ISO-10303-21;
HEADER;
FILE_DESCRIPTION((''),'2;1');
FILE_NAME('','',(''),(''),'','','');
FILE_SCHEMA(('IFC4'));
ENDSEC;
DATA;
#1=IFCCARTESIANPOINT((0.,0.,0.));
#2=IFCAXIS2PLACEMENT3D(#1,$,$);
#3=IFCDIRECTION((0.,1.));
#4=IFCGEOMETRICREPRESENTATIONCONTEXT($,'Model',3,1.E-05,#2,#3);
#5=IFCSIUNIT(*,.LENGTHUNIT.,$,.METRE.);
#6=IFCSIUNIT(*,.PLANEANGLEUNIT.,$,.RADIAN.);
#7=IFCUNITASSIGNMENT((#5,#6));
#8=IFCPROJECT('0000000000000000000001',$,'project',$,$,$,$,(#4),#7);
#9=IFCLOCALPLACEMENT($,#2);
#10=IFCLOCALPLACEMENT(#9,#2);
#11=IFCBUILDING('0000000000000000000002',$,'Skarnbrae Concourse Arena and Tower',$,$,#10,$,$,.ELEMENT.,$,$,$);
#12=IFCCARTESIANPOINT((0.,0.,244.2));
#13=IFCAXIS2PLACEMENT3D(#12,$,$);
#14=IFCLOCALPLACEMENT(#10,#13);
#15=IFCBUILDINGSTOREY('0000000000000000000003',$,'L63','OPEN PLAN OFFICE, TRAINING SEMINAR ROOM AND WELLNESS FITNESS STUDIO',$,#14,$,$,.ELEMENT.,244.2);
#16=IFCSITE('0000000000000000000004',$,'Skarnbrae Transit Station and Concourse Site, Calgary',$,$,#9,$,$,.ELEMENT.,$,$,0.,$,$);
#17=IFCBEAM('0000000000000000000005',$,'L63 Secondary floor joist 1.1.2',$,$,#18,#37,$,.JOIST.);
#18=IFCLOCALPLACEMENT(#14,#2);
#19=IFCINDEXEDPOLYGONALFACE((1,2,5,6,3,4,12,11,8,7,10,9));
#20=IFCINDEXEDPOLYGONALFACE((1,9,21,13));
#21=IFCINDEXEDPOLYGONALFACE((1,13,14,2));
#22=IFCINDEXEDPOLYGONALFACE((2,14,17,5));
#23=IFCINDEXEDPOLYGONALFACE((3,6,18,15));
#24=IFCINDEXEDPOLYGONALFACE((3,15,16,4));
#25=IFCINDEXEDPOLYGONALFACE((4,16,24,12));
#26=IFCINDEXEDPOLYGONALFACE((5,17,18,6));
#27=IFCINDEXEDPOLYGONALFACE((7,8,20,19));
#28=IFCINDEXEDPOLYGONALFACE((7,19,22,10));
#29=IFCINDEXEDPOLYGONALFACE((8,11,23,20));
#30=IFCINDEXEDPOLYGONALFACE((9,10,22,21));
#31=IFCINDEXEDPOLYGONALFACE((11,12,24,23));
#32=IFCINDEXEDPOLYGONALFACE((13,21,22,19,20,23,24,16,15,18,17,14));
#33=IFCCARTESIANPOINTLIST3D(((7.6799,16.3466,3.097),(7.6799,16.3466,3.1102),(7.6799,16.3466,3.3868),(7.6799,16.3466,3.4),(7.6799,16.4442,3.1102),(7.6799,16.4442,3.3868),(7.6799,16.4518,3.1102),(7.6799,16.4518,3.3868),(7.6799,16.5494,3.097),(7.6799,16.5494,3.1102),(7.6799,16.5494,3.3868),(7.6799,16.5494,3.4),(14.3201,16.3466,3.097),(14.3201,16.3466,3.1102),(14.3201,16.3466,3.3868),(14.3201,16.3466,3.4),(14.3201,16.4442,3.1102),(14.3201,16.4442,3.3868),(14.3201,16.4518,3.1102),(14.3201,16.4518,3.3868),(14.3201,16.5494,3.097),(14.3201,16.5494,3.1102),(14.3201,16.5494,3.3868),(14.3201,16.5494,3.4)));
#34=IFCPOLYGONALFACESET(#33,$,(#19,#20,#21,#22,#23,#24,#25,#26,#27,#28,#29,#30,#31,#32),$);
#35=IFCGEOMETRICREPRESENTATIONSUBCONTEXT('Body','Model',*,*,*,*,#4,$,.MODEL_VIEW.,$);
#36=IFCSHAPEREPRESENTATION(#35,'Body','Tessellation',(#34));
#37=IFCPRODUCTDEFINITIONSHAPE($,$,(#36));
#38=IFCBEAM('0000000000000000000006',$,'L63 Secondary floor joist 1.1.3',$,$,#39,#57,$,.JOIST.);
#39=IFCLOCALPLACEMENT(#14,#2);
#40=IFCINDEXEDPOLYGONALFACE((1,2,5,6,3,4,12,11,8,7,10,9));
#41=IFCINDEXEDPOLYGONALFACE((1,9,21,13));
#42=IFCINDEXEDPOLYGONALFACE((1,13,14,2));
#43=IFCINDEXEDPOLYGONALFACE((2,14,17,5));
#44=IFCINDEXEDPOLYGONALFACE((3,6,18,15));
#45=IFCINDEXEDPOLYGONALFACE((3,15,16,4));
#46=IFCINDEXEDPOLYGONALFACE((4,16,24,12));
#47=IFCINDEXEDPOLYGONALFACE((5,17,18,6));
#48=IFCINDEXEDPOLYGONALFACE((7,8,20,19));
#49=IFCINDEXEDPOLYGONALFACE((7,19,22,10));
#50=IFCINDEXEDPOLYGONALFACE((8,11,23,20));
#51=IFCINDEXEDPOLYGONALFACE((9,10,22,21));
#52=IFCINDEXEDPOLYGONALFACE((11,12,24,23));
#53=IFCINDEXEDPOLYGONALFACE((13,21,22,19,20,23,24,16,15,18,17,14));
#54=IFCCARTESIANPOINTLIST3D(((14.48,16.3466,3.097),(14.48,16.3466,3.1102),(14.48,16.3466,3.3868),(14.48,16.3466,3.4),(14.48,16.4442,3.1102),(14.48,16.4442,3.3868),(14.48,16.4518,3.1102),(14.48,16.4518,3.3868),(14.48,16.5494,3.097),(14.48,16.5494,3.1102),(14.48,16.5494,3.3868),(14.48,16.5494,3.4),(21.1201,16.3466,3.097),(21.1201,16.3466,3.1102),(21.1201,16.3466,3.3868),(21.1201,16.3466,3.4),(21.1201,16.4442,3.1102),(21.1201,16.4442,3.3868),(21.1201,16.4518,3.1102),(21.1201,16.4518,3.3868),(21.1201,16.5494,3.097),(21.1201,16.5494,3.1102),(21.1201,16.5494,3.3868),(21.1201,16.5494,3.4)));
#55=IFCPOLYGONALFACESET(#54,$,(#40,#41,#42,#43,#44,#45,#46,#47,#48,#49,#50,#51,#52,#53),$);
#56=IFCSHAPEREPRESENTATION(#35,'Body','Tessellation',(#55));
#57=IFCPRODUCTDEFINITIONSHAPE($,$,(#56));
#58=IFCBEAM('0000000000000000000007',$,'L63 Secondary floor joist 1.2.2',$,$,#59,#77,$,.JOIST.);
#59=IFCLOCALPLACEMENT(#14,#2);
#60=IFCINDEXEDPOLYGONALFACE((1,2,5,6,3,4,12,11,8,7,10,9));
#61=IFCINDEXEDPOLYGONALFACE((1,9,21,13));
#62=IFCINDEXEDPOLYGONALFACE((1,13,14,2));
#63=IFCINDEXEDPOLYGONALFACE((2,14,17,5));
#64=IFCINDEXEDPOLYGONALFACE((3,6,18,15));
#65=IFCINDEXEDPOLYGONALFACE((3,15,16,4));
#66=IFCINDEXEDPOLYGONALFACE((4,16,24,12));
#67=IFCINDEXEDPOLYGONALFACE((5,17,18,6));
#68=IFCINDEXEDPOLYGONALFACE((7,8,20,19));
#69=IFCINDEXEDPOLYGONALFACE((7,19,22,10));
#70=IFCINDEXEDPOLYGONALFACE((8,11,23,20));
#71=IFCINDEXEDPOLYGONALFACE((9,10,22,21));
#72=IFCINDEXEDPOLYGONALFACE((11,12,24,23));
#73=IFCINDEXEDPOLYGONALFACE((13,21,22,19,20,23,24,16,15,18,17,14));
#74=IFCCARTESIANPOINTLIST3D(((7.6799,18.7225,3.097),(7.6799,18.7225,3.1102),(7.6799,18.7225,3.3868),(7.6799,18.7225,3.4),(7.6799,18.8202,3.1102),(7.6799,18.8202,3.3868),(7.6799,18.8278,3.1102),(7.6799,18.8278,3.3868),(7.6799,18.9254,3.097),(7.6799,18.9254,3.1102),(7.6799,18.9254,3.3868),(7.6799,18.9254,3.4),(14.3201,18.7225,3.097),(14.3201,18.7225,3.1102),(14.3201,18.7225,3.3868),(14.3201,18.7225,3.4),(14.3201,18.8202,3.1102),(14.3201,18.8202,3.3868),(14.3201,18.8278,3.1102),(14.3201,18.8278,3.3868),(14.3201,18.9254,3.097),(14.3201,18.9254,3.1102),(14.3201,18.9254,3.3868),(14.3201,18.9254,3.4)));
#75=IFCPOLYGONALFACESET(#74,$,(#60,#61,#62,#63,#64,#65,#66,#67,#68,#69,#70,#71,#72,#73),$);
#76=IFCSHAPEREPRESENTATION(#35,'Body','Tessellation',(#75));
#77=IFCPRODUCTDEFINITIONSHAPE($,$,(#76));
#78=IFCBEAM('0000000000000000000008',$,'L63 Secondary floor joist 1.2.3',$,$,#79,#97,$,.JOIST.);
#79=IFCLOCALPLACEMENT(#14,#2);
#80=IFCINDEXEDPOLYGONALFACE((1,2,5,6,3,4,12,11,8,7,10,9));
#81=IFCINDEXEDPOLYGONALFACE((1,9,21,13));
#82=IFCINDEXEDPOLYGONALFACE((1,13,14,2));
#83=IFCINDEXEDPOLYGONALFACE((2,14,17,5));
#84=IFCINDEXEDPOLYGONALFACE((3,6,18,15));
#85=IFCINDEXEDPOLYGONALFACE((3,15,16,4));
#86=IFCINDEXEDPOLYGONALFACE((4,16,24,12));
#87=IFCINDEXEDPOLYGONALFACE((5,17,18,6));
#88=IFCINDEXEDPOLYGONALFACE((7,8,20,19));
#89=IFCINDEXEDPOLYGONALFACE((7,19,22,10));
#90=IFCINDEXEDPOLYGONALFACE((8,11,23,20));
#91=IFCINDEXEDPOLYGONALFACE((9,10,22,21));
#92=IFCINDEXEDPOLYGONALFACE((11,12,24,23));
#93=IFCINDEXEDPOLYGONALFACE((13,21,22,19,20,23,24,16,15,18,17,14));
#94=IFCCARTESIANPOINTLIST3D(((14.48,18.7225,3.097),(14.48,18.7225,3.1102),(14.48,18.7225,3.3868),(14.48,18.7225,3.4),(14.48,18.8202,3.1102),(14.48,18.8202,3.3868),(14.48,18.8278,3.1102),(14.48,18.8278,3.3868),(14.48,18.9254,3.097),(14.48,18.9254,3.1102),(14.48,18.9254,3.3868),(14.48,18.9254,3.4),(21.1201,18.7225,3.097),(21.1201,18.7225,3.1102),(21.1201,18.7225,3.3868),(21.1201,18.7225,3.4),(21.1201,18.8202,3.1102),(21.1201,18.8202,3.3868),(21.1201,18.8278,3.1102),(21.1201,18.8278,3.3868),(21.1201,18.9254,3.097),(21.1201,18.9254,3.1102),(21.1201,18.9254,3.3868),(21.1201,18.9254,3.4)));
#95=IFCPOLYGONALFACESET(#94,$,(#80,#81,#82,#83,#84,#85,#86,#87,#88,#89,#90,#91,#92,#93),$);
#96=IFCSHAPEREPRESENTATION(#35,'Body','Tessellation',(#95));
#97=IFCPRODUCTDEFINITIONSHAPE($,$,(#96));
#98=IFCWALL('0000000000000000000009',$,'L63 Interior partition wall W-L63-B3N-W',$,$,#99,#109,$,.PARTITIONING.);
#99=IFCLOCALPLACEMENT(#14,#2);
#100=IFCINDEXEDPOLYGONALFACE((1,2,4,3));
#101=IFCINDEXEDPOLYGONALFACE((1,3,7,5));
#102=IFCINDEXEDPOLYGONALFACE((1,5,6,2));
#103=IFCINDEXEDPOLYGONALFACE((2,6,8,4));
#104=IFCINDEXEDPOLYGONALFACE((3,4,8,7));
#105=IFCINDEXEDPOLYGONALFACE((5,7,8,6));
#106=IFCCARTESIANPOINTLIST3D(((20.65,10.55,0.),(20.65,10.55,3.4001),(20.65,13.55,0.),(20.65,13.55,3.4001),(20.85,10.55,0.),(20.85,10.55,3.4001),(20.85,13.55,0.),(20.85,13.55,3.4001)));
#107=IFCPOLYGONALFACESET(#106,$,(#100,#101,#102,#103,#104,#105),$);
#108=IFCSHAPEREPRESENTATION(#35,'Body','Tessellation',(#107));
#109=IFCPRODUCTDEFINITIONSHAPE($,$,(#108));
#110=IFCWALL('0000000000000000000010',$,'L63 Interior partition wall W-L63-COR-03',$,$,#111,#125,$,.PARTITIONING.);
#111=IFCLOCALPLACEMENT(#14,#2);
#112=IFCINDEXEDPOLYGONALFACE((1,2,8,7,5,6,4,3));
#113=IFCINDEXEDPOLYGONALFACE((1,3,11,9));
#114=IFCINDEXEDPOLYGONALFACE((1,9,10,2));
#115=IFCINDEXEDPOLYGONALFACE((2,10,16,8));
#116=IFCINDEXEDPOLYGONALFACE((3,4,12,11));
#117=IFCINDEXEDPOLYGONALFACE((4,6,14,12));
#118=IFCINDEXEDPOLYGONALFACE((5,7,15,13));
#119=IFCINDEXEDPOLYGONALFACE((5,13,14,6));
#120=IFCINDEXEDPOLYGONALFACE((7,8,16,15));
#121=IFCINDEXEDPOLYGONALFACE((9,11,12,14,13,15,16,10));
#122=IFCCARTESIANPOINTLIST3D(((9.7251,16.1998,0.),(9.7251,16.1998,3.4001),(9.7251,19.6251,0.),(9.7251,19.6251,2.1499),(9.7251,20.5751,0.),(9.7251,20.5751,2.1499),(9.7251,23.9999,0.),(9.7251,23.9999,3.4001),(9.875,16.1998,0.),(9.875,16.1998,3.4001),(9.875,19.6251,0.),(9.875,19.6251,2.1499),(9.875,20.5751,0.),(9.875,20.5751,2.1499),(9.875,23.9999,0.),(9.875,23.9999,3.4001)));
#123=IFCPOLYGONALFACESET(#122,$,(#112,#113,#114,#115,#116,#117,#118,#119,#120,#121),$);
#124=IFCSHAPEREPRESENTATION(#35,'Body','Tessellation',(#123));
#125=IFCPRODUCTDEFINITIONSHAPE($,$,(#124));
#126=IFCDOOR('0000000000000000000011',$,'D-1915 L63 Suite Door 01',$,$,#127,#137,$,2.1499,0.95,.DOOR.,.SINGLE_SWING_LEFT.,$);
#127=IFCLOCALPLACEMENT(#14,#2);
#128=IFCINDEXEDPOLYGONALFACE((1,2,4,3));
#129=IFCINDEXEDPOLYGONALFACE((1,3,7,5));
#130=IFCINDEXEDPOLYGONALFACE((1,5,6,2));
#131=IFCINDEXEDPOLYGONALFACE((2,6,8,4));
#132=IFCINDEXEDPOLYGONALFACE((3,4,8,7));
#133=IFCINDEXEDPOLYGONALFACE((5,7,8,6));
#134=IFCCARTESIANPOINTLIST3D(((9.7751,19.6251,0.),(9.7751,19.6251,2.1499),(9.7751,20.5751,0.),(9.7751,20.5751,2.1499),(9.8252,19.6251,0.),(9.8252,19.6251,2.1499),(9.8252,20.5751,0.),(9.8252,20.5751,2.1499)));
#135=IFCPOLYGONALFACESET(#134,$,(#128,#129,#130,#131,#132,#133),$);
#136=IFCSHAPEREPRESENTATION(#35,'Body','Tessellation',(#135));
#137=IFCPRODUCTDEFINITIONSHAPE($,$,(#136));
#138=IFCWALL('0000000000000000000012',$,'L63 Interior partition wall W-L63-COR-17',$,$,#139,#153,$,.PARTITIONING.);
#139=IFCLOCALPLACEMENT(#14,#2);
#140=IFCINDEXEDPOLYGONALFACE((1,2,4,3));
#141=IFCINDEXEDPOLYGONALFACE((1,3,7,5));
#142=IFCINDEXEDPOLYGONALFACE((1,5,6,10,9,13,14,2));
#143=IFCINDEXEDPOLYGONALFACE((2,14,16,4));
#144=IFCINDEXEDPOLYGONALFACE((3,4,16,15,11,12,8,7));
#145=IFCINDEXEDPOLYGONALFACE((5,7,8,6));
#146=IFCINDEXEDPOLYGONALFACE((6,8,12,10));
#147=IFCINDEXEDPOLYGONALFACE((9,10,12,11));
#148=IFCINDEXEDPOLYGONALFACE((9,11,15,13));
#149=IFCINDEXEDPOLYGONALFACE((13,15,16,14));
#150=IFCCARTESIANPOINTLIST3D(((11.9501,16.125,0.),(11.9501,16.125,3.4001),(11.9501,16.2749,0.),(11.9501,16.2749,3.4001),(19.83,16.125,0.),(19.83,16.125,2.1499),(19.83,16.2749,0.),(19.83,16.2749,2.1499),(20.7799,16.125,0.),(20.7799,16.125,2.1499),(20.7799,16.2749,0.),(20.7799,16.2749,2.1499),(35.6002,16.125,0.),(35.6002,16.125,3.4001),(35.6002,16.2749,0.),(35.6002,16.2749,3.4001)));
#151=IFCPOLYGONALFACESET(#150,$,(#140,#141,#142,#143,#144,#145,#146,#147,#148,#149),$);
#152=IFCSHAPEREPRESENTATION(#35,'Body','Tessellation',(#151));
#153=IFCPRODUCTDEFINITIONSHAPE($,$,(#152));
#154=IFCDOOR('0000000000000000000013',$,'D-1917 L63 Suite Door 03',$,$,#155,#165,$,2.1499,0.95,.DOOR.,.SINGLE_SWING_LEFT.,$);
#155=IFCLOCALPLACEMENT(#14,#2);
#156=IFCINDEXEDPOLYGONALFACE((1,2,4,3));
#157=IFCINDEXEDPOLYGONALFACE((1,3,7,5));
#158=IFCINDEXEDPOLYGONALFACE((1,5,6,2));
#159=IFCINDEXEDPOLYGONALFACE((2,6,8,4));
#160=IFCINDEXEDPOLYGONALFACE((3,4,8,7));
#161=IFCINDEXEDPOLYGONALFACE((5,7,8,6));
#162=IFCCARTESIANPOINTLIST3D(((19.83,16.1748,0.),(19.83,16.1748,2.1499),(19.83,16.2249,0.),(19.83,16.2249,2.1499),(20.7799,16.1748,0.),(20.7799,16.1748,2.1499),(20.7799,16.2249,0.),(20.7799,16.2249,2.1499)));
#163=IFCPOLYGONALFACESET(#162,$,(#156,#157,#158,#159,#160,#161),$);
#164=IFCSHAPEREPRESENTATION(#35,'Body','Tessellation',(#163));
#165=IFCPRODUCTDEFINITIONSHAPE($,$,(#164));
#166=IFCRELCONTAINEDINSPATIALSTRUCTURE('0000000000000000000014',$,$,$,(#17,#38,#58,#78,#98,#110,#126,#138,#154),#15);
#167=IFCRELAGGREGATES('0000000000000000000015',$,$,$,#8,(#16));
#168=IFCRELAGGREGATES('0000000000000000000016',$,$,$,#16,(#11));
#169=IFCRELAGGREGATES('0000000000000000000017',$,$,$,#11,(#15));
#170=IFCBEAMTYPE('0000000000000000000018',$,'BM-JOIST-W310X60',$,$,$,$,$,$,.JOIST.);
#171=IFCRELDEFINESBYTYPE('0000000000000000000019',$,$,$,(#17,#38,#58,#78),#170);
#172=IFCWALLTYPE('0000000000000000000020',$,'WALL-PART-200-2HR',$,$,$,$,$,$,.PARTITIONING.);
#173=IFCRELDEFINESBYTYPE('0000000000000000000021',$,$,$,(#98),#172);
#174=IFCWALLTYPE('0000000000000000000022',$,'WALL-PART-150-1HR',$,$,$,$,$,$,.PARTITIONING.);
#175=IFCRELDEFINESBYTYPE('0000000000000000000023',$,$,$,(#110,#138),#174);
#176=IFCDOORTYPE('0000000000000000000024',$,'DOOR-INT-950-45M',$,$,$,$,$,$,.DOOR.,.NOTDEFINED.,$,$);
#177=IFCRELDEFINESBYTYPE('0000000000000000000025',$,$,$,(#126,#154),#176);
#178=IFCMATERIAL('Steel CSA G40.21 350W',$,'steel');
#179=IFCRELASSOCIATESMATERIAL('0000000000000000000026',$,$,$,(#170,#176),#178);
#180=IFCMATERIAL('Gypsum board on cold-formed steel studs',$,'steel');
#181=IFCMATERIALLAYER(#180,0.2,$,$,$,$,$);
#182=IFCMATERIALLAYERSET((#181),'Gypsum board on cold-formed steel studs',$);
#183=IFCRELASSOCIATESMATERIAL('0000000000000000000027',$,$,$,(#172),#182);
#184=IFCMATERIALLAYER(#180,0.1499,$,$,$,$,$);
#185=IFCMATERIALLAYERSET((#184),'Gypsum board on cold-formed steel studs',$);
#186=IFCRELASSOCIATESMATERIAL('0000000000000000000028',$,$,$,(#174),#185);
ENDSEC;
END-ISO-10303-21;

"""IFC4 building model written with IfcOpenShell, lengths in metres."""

from ifc_helpers import new_model, si_unit, direction, frame, frame_2d, origin, origin_2d, place, context, subcontext, project, spatial, rectangle, i_section, extrude, source, transform, mapped, material, layer, layer_set, material_profile, profile_set, type_object, element, fill, save


model = new_model("IFC4")

# Units and contexts
model_context = context("Model", 3, precision=1e-05, world=origin(), true_north=direction((0.0, 1.0)))
body_context = subcontext(model_context, "Body", "Model", "MODEL_VIEW")
ifc_project = project(units=[si_unit("LENGTHUNIT", "METRE"), si_unit("PLANEANGLEUNIT", "RADIAN")], contexts=[model_context])

# Site, building, storey
site_placement = place(None, origin())
site = spatial("IfcSite", under=ifc_project, at=site_placement, Name="Skarnbrae Transit Station and Concourse Site, Calgary", CompositionType="ELEMENT", RefElevation=0.0)
building_placement = place(site_placement, origin())
building = spatial("IfcBuilding", under=site, at=building_placement, Name="Skarnbrae Concourse Arena and Tower", CompositionType="ELEMENT")
storey_placement = place(building_placement, frame((0.0, 0.0, 244.2)))
storey = spatial("IfcBuildingStorey", under=building, at=storey_placement, Name="L63", Description="OPEN PLAN OFFICE, TRAINING SEMINAR ROOM AND WELLNESS FITNESS STUDIO", CompositionType="ELEMENT", Elevation=244.2)

# Shared definitions
ifc_material_1 = material(Name="Steel CSA G40.21 350W", Category="steel")

# Beams
ifc_material_profile_1 = material_profile(ifc_material_1, i_section(OverallWidth=0.2029, OverallDepth=0.303, WebThickness=0.0076, FlangeThickness=0.0132, at=origin_2d()), Name="W310X60")
ifc_profile_set_1 = profile_set([ifc_material_profile_1], Name="Steel CSA G40.21 350W")
beam_type_1 = type_object("IfcBeamType", Name="BM-JOIST-W310X60", PredefinedType="JOIST", material=ifc_profile_set_1)
shared_shape_1 = source(origin(), body_context, "Body", "SweptSolid", [
    extrude(i_section(OverallWidth=0.2029, OverallDepth=0.303, WebThickness=0.0076, FlangeThickness=0.0132, at=origin_2d()), origin(), (0.0, 0.0, 1.0), 6.6401),
])
for number, where, z_axis, x_axis, name in (
    (1, (7.6799, 16.448, 3.2485), (1.0, 0.0, 0.0), (0.0, 1.0, 0.0), "L63 Secondary floor joist 1.1.2"),
    (2, (14.48, 16.448, 3.2485), (1.0, 0.0, 0.0), (0.0, 1.0, 0.0), "L63 Secondary floor joist 1.1.3"),
    (3, (7.6799, 18.824, 3.2485), (1.0, 0.0, 0.0), (0.0, 1.0, 0.0), "L63 Secondary floor joist 1.2.2"),
    (4, (14.48, 18.824, 3.2485), (1.0, 0.0, 0.0), (0.0, 1.0, 0.0), "L63 Secondary floor joist 1.2.3"),
):
    element("IfcBeam", number, at=place(storey_placement, frame(where, z_axis=z_axis, x_axis=x_axis)), inside=storey, type_object=beam_type_1, Name=name, PredefinedType="JOIST", context=body_context, shape_type="MappedRepresentation", body=[
        mapped(shared_shape_1, transform((0.0, 0.0, 0.0))),
    ])

# Shared definitions
ifc_material_2 = material(Name="Gypsum board on cold-formed steel studs", Category="steel")
ifc_layer_1 = layer(ifc_material_2, 0.2)
ifc_layer_set_1 = layer_set([ifc_layer_1], Name="Gypsum board on cold-formed steel studs")
wall_type_1 = type_object("IfcWallType", Name="WALL-PART-200-2HR", PredefinedType="PARTITIONING", material=ifc_layer_set_1)

# Wall
shared_shape_2 = source(origin(), body_context, "Body", "SweptSolid", [
    extrude(rectangle(XDim=3.0, YDim=0.2, at=frame_2d((1.5, 0.0))), origin(), (0.0, 0.0, 1.0), 3.4001),
])
wall_1_placement = place(storey_placement, frame((20.75, 10.55, 0.0), z_axis=(0.0, 0.0, 1.0), x_axis=(0.0, 1.0, 0.0)))
element("IfcWall", 5, at=wall_1_placement, inside=storey, type_object=wall_type_1, Name="L63 Interior partition wall W-L63-B3N-W", PredefinedType="PARTITIONING", context=body_context, shape_type="MappedRepresentation", body=[
    mapped(shared_shape_2, transform((0.0, 0.0, 0.0))),
])

# Walls, openings, doors
ifc_layer_2 = layer(ifc_material_2, 0.1499)
ifc_layer_set_2 = layer_set([ifc_layer_2], Name="Gypsum board on cold-formed steel studs")
wall_type_2 = type_object("IfcWallType", Name="WALL-PART-150-1HR", PredefinedType="PARTITIONING", material=ifc_layer_set_2)
shared_shape_3 = source(origin(), body_context, "Body", "SweptSolid", [
    extrude(rectangle(XDim=7.8, YDim=0.1499, at=frame_2d((3.8999, 0.0))), origin(), (0.0, 0.0, 1.0), 3.4001),
])
wall_2_placement = place(storey_placement, frame((9.8, 16.2, 0.0), z_axis=(0.0, 0.0, 1.0), x_axis=(0.0, 1.0, 0.0)))
wall_2 = element("IfcWall", 6, at=wall_2_placement, inside=storey, type_object=wall_type_2, Name="L63 Interior partition wall W-L63-COR-03", PredefinedType="PARTITIONING", context=body_context, shape_type="MappedRepresentation", body=[
    mapped(shared_shape_3, transform((0.0, 0.0, 0.0))),
])
opening_1_placement = place(wall_2_placement, frame((3.425, 0.0, 0.0)))
opening_1 = element("IfcOpeningElement", 7, at=opening_1_placement, cuts=wall_2, PredefinedType="OPENING", context=body_context, shape_type="SweptSolid", body=[
    extrude(rectangle(XDim=0.95, YDim=2.1499, at=frame_2d((0.4751, 1.075))), frame((0.0, 0.085, 0.0), z_axis=(0.0, -1.0, 0.0), x_axis=(1.0, 0.0, 0.0)), (0.0, 0.0, 1.0), 0.1699),
])
door_type_1 = type_object("IfcDoorType", Name="DOOR-INT-950-45M", OperationType="NOTDEFINED", PredefinedType="DOOR", material=ifc_material_1)
shared_shape_4 = source(origin(), body_context, "Body", "SweptSolid", [
    extrude(rectangle(XDim=0.95, YDim=2.1499, at=frame_2d((0.4751, 1.075))), frame((0.0, 0.0249, 0.0), z_axis=(0.0, -1.0, 0.0), x_axis=(1.0, 0.0, 0.0)), (0.0, 0.0, 1.0), 0.05),
])
door_1_placement = place(opening_1_placement, origin())
door_1 = element("IfcDoor", 8, at=door_1_placement, inside=storey, type_object=door_type_1, Name="D-1915 L63 Suite Door 01", OperationType="SINGLE_SWING_LEFT", OverallHeight=2.1499, OverallWidth=0.95, PredefinedType="DOOR", context=body_context, shape_type="MappedRepresentation", body=[
    mapped(shared_shape_4, transform((0.0, 0.0, 0.0))),
])
fill(opening_1, door_1)
shared_shape_5 = source(origin(), body_context, "Body", "SweptSolid", [
    extrude(rectangle(XDim=23.6501, YDim=0.1499, at=frame_2d((11.8252, 0.0))), origin(), (0.0, 0.0, 1.0), 3.4001),
])
wall_3_placement = place(storey_placement, frame((11.95, 16.2, 0.0), z_axis=(0.0, 0.0, 1.0), x_axis=(1.0, 0.0, 0.0)))
wall_3 = element("IfcWall", 9, at=wall_3_placement, inside=storey, type_object=wall_type_2, Name="L63 Interior partition wall W-L63-COR-17", PredefinedType="PARTITIONING", context=body_context, shape_type="MappedRepresentation", body=[
    mapped(shared_shape_5, transform((0.0, 0.0, 0.0))),
])
opening_2_placement = place(wall_3_placement, frame((7.8799, 0.0, 0.0)))
opening_2 = element("IfcOpeningElement", 10, at=opening_2_placement, cuts=wall_3, PredefinedType="OPENING", context=body_context, shape_type="SweptSolid", body=[
    extrude(rectangle(XDim=0.95, YDim=2.1499, at=frame_2d((0.4751, 1.075))), frame((0.0, 0.085, 0.0), z_axis=(0.0, -1.0, 0.0), x_axis=(1.0, 0.0, 0.0)), (0.0, 0.0, 1.0), 0.1699),
])
door_2_placement = place(opening_2_placement, origin())
door_2 = element("IfcDoor", 11, at=door_2_placement, inside=storey, type_object=door_type_1, Name="D-1917 L63 Suite Door 03", OperationType="SINGLE_SWING_LEFT", OverallHeight=2.1499, OverallWidth=0.95, PredefinedType="DOOR", context=body_context, shape_type="MappedRepresentation", body=[
    mapped(shared_shape_4, transform((0.0, 0.0, 0.0))),
])
fill(opening_2, door_2)

save(model, "model.ifc")
